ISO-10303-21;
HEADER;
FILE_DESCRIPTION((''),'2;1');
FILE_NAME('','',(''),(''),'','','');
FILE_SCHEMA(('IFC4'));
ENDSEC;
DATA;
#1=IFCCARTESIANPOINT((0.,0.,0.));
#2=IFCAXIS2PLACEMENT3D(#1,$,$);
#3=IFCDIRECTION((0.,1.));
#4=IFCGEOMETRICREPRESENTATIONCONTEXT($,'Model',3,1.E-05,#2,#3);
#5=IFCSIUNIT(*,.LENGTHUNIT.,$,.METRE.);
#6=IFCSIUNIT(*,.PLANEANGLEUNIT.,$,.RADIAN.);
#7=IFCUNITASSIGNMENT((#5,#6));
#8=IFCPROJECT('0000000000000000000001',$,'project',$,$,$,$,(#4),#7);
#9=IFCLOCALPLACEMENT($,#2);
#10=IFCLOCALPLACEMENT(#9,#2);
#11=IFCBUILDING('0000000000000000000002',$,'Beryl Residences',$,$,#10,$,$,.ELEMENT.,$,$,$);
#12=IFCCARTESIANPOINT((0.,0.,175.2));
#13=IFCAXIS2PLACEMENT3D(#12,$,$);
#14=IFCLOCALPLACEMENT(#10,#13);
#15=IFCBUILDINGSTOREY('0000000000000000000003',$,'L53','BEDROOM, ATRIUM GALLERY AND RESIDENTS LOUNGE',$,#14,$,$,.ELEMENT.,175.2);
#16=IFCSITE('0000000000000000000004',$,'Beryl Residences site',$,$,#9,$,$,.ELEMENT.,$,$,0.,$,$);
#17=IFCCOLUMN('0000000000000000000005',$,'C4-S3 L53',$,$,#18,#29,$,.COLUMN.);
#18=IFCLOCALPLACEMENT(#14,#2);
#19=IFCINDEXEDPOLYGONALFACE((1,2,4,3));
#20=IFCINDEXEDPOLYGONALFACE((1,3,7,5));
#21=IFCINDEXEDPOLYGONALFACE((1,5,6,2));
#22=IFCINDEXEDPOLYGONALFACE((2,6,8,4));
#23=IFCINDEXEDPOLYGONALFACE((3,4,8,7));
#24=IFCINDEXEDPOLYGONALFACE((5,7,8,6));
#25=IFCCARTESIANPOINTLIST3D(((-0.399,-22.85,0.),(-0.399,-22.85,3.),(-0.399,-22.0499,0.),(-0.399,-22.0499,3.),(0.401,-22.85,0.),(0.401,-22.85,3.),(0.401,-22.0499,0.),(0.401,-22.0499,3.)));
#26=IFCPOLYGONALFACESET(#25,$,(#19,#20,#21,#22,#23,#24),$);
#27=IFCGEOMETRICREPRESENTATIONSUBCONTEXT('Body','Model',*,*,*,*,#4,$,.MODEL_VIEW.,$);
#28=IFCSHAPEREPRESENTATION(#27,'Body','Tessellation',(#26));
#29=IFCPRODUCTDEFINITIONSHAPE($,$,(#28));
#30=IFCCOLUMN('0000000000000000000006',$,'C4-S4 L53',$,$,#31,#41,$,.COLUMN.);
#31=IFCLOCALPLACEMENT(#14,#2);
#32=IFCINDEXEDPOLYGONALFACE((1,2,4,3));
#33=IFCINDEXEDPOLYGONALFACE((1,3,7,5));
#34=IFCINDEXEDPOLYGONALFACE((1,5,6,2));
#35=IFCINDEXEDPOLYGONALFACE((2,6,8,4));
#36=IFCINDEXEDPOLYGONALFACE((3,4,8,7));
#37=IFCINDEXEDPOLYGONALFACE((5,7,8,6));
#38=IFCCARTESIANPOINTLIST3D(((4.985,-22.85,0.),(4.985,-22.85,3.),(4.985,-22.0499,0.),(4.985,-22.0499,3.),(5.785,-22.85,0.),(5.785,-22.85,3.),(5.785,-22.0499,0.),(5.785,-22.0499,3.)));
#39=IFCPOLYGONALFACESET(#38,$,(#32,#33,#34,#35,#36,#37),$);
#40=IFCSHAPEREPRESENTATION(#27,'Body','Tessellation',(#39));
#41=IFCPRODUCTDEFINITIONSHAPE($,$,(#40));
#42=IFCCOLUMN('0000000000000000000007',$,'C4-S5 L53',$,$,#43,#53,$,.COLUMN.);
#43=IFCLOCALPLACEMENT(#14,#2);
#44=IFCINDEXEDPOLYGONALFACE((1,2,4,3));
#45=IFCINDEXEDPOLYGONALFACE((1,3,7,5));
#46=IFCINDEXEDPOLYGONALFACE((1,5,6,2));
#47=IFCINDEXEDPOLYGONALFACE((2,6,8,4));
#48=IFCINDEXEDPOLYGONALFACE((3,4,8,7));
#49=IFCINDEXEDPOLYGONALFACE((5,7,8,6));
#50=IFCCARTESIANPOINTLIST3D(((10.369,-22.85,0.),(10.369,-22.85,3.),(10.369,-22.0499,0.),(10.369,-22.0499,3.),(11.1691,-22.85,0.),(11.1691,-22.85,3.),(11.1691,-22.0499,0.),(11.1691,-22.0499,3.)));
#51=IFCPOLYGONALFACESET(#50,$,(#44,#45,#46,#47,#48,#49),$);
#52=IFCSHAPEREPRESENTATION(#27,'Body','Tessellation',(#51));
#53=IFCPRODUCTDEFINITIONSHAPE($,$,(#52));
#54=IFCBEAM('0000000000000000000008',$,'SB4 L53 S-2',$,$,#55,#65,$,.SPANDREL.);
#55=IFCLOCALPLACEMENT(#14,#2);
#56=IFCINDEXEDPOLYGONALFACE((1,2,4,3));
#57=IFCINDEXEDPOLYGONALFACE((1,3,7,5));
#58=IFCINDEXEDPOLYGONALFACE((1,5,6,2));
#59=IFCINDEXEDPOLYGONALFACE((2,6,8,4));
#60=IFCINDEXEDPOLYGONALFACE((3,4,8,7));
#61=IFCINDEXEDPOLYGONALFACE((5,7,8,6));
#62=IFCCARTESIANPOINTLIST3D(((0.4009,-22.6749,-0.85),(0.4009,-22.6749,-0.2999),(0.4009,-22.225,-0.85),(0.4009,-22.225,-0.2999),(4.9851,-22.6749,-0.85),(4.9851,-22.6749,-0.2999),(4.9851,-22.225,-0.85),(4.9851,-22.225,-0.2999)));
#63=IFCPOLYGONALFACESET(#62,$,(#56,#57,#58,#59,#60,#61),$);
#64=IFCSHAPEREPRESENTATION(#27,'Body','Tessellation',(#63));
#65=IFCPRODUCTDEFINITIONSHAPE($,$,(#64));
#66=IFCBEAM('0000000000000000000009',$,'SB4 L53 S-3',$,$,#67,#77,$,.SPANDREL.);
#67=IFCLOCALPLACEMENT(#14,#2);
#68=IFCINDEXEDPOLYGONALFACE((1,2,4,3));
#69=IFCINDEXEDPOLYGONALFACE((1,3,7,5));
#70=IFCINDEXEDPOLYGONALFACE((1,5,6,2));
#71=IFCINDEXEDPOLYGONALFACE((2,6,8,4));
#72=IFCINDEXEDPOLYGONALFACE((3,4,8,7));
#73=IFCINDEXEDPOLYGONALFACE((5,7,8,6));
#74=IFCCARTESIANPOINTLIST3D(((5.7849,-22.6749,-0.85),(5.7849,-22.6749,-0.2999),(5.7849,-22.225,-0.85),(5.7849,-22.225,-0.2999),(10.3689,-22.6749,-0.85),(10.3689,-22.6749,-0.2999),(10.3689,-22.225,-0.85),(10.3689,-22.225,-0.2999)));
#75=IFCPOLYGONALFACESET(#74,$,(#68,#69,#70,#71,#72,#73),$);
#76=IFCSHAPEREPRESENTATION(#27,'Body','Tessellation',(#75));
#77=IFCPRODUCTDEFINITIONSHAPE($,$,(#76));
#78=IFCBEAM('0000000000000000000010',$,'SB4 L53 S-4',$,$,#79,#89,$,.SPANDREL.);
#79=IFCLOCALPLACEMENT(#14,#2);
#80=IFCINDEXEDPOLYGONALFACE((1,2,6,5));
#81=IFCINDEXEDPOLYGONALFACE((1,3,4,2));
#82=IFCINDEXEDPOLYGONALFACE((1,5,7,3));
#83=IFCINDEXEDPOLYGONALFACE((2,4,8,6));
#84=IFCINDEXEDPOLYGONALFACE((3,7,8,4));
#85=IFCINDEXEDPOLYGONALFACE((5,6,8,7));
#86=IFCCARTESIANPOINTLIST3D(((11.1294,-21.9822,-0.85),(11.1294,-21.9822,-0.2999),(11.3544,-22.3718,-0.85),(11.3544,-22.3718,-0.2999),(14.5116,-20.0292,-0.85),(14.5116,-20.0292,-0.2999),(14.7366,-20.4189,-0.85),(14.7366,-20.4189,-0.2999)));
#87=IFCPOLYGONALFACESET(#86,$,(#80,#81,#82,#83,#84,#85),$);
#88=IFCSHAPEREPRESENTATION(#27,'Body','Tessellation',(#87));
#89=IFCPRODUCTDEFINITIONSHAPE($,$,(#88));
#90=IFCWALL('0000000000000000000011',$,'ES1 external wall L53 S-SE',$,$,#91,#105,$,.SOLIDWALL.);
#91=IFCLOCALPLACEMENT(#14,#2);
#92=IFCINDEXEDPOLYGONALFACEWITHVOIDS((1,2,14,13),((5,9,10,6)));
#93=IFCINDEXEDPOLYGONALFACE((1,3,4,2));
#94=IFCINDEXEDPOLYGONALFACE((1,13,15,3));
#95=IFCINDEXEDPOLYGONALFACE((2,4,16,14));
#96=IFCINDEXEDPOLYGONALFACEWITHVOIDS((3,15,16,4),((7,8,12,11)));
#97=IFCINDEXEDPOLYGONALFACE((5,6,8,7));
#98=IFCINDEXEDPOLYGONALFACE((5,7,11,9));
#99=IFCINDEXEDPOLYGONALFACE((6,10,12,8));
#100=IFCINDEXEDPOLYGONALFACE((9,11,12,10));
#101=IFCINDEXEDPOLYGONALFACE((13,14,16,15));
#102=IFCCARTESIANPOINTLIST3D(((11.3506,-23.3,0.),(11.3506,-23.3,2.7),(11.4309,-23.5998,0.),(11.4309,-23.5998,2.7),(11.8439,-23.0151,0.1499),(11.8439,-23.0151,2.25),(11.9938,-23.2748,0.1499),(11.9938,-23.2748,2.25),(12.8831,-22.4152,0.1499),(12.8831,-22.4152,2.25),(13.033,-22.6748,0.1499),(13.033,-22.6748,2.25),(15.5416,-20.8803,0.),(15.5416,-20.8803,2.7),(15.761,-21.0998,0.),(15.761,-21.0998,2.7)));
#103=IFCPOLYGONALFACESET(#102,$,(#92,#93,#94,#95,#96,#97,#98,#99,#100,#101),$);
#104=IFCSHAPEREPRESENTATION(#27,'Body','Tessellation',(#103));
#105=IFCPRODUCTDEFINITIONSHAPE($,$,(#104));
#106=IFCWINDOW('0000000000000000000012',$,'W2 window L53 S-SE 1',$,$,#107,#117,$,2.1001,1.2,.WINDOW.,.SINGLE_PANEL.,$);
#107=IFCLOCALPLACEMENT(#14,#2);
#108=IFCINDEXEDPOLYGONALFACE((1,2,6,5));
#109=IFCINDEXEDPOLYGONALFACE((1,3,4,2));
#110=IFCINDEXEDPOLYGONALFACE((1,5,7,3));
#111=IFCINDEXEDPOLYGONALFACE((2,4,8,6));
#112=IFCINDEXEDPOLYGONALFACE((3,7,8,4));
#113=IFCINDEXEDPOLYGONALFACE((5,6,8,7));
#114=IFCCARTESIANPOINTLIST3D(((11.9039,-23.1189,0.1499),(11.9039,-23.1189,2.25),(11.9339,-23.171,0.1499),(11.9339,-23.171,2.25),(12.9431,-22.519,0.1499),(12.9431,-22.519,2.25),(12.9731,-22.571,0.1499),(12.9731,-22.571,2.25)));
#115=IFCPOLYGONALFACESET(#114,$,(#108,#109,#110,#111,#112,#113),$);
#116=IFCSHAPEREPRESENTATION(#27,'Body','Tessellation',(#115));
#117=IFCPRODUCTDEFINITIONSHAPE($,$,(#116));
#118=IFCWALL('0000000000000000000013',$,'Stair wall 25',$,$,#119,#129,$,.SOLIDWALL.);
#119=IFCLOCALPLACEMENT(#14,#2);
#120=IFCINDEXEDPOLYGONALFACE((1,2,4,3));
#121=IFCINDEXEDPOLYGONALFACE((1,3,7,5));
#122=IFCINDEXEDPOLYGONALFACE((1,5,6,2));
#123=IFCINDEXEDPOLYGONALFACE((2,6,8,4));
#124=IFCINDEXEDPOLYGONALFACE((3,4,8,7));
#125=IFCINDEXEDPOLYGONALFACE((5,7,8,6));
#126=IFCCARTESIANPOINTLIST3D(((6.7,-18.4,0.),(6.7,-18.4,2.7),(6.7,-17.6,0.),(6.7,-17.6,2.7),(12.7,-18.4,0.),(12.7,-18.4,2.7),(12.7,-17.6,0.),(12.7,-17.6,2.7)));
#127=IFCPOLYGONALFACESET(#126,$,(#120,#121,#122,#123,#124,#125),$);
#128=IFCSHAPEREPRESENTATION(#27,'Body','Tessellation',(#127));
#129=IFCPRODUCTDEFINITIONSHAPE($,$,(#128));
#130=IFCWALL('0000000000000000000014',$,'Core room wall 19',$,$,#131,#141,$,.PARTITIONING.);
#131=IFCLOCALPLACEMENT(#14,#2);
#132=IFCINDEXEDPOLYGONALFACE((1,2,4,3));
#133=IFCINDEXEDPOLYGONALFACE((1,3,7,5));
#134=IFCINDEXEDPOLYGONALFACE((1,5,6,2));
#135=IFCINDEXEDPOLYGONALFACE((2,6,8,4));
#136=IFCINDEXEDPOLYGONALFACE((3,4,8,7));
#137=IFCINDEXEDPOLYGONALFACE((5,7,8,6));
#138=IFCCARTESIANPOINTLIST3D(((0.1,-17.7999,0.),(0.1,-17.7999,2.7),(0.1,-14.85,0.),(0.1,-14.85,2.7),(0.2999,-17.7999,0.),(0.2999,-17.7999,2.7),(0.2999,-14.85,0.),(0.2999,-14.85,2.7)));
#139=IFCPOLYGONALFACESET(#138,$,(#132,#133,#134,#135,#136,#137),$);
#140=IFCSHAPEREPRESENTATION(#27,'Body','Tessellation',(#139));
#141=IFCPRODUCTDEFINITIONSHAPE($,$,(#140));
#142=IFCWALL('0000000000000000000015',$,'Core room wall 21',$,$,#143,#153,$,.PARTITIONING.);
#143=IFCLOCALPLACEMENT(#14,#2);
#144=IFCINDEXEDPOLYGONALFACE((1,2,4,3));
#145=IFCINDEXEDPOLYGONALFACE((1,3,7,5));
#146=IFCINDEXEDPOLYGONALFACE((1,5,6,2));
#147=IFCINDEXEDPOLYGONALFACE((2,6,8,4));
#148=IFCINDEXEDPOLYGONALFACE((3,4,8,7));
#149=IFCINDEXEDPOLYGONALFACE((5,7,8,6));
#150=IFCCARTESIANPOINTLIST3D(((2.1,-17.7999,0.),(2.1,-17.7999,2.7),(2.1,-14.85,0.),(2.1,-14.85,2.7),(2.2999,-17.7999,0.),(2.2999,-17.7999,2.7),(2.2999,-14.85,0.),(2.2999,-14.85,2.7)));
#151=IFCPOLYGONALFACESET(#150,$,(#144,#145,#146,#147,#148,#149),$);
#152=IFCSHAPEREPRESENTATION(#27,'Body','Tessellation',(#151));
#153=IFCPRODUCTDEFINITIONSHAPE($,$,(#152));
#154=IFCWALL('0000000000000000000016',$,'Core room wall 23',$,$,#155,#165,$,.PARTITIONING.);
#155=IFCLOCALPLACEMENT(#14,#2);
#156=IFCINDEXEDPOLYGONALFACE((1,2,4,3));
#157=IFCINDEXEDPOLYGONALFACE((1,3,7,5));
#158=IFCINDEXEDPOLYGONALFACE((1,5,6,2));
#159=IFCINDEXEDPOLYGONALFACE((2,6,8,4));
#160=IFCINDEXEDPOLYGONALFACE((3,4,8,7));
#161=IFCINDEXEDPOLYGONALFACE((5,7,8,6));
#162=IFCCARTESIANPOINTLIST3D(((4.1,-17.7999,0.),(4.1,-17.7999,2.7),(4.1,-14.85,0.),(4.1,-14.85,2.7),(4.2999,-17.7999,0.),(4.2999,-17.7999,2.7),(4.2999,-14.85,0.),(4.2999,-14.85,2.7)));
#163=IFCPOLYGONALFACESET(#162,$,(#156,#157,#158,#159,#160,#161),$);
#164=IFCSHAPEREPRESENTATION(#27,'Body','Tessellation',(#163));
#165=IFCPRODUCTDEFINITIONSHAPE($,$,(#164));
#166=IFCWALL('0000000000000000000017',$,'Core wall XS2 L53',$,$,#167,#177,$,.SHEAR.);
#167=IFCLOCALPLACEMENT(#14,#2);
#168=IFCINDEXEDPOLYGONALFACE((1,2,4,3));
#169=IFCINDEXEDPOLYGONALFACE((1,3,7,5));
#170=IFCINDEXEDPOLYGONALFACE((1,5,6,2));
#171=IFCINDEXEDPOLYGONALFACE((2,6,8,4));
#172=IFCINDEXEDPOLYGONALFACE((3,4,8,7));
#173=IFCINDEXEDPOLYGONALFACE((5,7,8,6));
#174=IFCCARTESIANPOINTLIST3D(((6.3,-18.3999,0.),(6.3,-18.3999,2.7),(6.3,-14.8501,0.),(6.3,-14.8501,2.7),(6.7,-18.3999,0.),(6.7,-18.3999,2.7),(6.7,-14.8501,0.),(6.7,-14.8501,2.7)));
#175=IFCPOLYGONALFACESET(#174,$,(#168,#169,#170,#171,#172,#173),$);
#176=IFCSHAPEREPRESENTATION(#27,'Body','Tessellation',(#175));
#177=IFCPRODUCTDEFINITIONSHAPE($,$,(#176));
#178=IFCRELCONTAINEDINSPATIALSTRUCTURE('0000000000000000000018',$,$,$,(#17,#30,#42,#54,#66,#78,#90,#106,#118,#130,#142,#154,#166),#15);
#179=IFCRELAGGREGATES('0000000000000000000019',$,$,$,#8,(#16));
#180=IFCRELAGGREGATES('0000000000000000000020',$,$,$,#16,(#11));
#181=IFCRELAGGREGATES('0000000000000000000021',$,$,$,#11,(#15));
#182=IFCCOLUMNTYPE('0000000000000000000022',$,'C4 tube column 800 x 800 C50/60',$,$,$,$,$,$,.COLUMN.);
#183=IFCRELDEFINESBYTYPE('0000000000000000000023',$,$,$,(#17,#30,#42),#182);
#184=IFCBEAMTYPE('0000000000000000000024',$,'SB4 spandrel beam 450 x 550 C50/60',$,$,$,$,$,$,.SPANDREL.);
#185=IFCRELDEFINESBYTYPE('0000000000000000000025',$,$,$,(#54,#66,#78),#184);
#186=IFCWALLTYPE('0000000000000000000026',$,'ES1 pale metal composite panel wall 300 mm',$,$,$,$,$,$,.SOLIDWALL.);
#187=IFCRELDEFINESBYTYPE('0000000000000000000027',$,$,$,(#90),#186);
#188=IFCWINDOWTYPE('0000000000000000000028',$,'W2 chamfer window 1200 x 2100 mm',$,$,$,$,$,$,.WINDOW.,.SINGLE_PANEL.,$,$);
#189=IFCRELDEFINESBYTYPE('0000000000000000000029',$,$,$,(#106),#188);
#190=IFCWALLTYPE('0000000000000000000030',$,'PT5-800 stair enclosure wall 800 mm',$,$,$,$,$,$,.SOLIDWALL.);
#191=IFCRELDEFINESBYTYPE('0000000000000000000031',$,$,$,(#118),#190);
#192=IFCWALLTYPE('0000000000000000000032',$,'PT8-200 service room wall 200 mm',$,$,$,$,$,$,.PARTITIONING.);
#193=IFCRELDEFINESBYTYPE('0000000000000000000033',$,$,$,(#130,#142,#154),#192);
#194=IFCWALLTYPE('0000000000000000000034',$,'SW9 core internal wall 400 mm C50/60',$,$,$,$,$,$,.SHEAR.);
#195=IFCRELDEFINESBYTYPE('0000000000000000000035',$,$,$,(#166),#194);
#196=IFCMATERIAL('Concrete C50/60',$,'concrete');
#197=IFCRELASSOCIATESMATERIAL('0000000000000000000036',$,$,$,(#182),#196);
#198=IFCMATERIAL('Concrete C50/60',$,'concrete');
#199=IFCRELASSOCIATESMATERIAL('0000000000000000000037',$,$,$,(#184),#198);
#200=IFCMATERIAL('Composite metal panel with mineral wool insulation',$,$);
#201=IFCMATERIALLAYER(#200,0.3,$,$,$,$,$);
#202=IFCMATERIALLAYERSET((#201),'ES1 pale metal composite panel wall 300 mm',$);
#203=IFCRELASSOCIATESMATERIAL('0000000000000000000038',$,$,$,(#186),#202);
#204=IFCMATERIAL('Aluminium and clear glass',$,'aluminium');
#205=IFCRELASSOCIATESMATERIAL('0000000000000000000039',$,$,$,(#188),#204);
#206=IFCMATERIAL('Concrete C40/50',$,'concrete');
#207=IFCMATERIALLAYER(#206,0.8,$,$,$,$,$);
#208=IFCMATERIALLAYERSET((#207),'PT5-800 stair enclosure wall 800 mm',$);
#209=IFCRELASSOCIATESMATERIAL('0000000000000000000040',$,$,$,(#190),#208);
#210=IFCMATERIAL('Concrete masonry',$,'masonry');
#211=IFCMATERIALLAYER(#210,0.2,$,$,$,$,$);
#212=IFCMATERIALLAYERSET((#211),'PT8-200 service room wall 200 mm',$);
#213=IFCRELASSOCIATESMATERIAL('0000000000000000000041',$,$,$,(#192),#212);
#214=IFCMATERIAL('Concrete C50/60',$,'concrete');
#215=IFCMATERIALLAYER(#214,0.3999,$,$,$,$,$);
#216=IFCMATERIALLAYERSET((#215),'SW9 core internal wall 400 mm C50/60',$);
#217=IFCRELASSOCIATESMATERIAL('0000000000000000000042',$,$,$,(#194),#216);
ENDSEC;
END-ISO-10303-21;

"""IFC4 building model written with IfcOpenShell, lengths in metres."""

from ifc_helpers import new_model, si_unit, direction, frame, frame_2d, origin, origin_2d, place, context, subcontext, project, spatial, polyline, rectangle, outline, extrude, material, layer, layer_set, material_profile, profile_set, type_object, element, fill, save


model = new_model("IFC4")

# Units and contexts
model_context = context("Model", 3, precision=1e-05, world=origin(), true_north=direction((0.0, 1.0)))
body_context = subcontext(model_context, "Body", "Model", "MODEL_VIEW")
ifc_project = project(units=[si_unit("LENGTHUNIT", "METRE"), si_unit("PLANEANGLEUNIT", "RADIAN")], contexts=[model_context])

# Site, building, storey
site_placement = place(None, origin())
site = spatial("IfcSite", under=ifc_project, at=site_placement, Name="Beryl Residences site", CompositionType="ELEMENT", RefElevation=0.0)
building_placement = place(site_placement, origin())
building = spatial("IfcBuilding", under=site, at=building_placement, Name="Beryl Residences", CompositionType="ELEMENT")
storey_placement = place(building_placement, frame((0.0, 0.0, 175.2)))
storey = spatial("IfcBuildingStorey", under=building, at=storey_placement, Name="L53", Description="BEDROOM, ATRIUM GALLERY AND RESIDENTS LOUNGE", CompositionType="ELEMENT", Elevation=175.2)

# Columns
ifc_material_1 = material(Name="Concrete C50/60", Category="concrete")
ifc_material_profile_1 = material_profile(ifc_material_1, rectangle(XDim=0.8, YDim=0.8, at=origin_2d()))
ifc_profile_set_1 = profile_set([ifc_material_profile_1], Name="Concrete C50/60")
column_type = type_object("IfcColumnType", Name="C4 tube column 800 x 800 C50/60", PredefinedType="COLUMN", material=ifc_profile_set_1)
for number, where, z_axis, x_axis, name in (
    (1, (0.001, -22.45, 0.0), (0.0, 0.0, 1.0), (1.0, 0.0, 0.0), "C4-S3 L53"),
    (2, (5.385, -22.45, 0.0), (0.0, 0.0, 1.0), (1.0, 0.0, 0.0), "C4-S4 L53"),
    (3, (10.769, -22.45, 0.0), (0.0, 0.0, 1.0), (1.0, 0.0, 0.0), "C4-S5 L53"),
):
    element("IfcColumn", number, at=place(storey_placement, frame(where, z_axis=z_axis, x_axis=x_axis)), inside=storey, type_object=column_type, Name=name, PredefinedType="COLUMN", context=body_context, shape_type="SweptSolid", body=[
        extrude(rectangle(XDim=0.8, YDim=0.8, at=origin_2d()), origin(), (0.0, 0.0, 1.0), 3.0),
    ])

# Beams
ifc_material_2 = material(Name="Concrete C50/60", Category="concrete")
ifc_material_profile_2 = material_profile(ifc_material_2, rectangle(XDim=0.45, YDim=0.55, at=origin_2d()))
ifc_profile_set_2 = profile_set([ifc_material_profile_2], Name="Concrete C50/60")
beam_type = type_object("IfcBeamType", Name="SB4 spandrel beam 450 x 550 C50/60", PredefinedType="SPANDREL", material=ifc_profile_set_2)
beam_1_placement = place(storey_placement, frame((0.4009, -22.45, -0.575), z_axis=(1.0, 0.0, 0.0), x_axis=(0.0, 1.0, 0.0)))
element("IfcBeam", 4, at=beam_1_placement, inside=storey, type_object=beam_type, Name="SB4 L53 S-2", PredefinedType="SPANDREL", context=body_context, shape_type="SweptSolid", body=[
    extrude(rectangle(XDim=0.45, YDim=0.55, at=origin_2d()), origin(), (0.0, 0.0, 1.0), 4.5842),
])
beam_2_placement = place(storey_placement, frame((5.7849, -22.45, -0.575), z_axis=(1.0, 0.0, 0.0), x_axis=(0.0, 1.0, 0.0)))
element("IfcBeam", 5, at=beam_2_placement, inside=storey, type_object=beam_type, Name="SB4 L53 S-3", PredefinedType="SPANDREL", context=body_context, shape_type="SweptSolid", body=[
    extrude(rectangle(XDim=0.45, YDim=0.55, at=origin_2d()), origin(), (0.0, 0.0, 1.0), 4.584),
])
beam_3_placement = place(storey_placement, frame((11.2419, -22.177, -0.575), z_axis=(0.865999, 0.500045, 0.0), x_axis=(-0.500045, 0.865999, 0.0)))
element("IfcBeam", 6, at=beam_3_placement, inside=storey, type_object=beam_type, Name="SB4 L53 S-4", PredefinedType="SPANDREL", context=body_context, shape_type="SweptSolid", body=[
    extrude(rectangle(XDim=0.45, YDim=0.55, at=origin_2d()), origin(), (0.0, 0.0, 1.0), 3.9055),
])

# Wall, opening, window
ifc_material_3 = material(Name="Composite metal panel with mineral wool insulation")
ifc_layer_1 = layer(ifc_material_3, 0.3)
ifc_layer_set_1 = layer_set([ifc_layer_1], Name="ES1 pale metal composite panel wall 300 mm")
wall_type_1 = type_object("IfcWallType", Name="ES1 pale metal composite panel wall 300 mm", PredefinedType="SOLIDWALL", material=ifc_layer_set_1)
wall_1_placement = place(storey_placement, frame((11.356, -23.47, 0.0), z_axis=(0.0, 0.0, 1.0), x_axis=(0.866023, 0.500004, 0.0)))
wall_1 = element("IfcWall", 7, at=wall_1_placement, inside=storey, type_object=wall_type_1, Name="ES1 external wall L53 S-SE", PredefinedType="SOLIDWALL", context=body_context, shape_type="SweptSolid", body=[
    extrude(outline(polyline([(0.0, -0.1499), (5.0, -0.1499), (4.9197, 0.1499), (0.0803, 0.1499), (0.0, -0.1499)])), origin(), (0.0, 0.0, 1.0), 2.7),
])
opening_placement = place(wall_1_placement, frame((0.6499, 0.0, 0.1499)))
opening = element("IfcOpeningElement", 8, at=opening_placement, cuts=wall_1, PredefinedType="OPENING", context=body_context, shape_type="SweptSolid", body=[
    extrude(rectangle(XDim=1.2, YDim=2.1001, at=frame_2d((0.6001, 1.05))), frame((0.0, 0.1599, 0.0), z_axis=(0.0, -1.0, 0.0), x_axis=(1.0, 0.0, 0.0)), (0.0, 0.0, 1.0), 0.3201),
])
ifc_material_4 = material(Name="Aluminium and clear glass", Category="aluminium")
window_type = type_object("IfcWindowType", Name="W2 chamfer window 1200 x 2100 mm", PartitioningType="SINGLE_PANEL", PredefinedType="WINDOW", material=ifc_material_4)
window_placement = place(opening_placement, origin())
window = element("IfcWindow", 9, at=window_placement, inside=storey, type_object=window_type, Name="W2 window L53 S-SE 1", OverallHeight=2.1001, OverallWidth=1.2, PartitioningType="SINGLE_PANEL", PredefinedType="WINDOW", context=body_context, shape_type="SweptSolid", body=[
    extrude(rectangle(XDim=1.2, YDim=2.1001, at=frame_2d((0.6001, 1.05))), frame((0.0, 0.03, 0.0), z_axis=(0.0, -1.0, 0.0), x_axis=(1.0, 0.0, 0.0)), (0.0, 0.0, 1.0), 0.0601),
])
fill(opening, window)

# Walls
ifc_material_5 = material(Name="Concrete C40/50", Category="concrete")
ifc_layer_2 = layer(ifc_material_5, 0.8)
ifc_layer_set_2 = layer_set([ifc_layer_2], Name="PT5-800 stair enclosure wall 800 mm")
wall_type_2 = type_object("IfcWallType", Name="PT5-800 stair enclosure wall 800 mm", PredefinedType="SOLIDWALL", material=ifc_layer_set_2)
wall_2_placement = place(storey_placement, frame((6.7, -18.0, 0.0), z_axis=(0.0, 0.0, 1.0), x_axis=(1.0, 0.0, 0.0)))
element("IfcWall", 10, at=wall_2_placement, inside=storey, type_object=wall_type_2, Name="Stair wall 25", PredefinedType="SOLIDWALL", context=body_context, shape_type="SweptSolid", body=[
    extrude(rectangle(XDim=6.0, YDim=0.8, at=frame_2d((3.0, 0.0))), origin(), (0.0, 0.0, 1.0), 2.7),
])
ifc_material_6 = material(Name="Concrete masonry", Category="masonry")
ifc_layer_3 = layer(ifc_material_6, 0.2)
ifc_layer_set_3 = layer_set([ifc_layer_3], Name="PT8-200 service room wall 200 mm")
wall_type_3 = type_object("IfcWallType", Name="PT8-200 service room wall 200 mm", PredefinedType="PARTITIONING", material=ifc_layer_set_3)
for number, where, z_axis, x_axis, name in (
    (11, (0.2, -17.8, 0.0), (0.0, 0.0, 1.0), (0.0, 1.0, 0.0), "Core room wall 19"),
    (12, (2.2, -17.8, 0.0), (0.0, 0.0, 1.0), (0.0, 1.0, 0.0), "Core room wall 21"),
    (13, (4.2, -17.8, 0.0), (0.0, 0.0, 1.0), (0.0, 1.0, 0.0), "Core room wall 23"),
):
    element("IfcWall", number, at=place(storey_placement, frame(where, z_axis=z_axis, x_axis=x_axis)), inside=storey, type_object=wall_type_3, Name=name, PredefinedType="PARTITIONING", context=body_context, shape_type="SweptSolid", body=[
        extrude(rectangle(XDim=2.95, YDim=0.2, at=frame_2d((1.4751, 0.0))), origin(), (0.0, 0.0, 1.0), 2.7),
    ])
ifc_material_7 = material(Name="Concrete C50/60", Category="concrete")
ifc_layer_4 = layer(ifc_material_7, 0.3999)
ifc_layer_set_4 = layer_set([ifc_layer_4], Name="SW9 core internal wall 400 mm C50/60")
wall_type_4 = type_object("IfcWallType", Name="SW9 core internal wall 400 mm C50/60", PredefinedType="SHEAR", material=ifc_layer_set_4)
wall_3_placement = place(storey_placement, frame((6.5, -18.3999, 0.0), z_axis=(0.0, 0.0, 1.0), x_axis=(0.0, 1.0, 0.0)))
element("IfcWall", 14, at=wall_3_placement, inside=storey, type_object=wall_type_4, Name="Core wall XS2 L53", PredefinedType="SHEAR", context=body_context, shape_type="SweptSolid", body=[
    extrude(rectangle(XDim=3.5498, YDim=0.3999, at=frame_2d((1.7749, 0.0))), origin(), (0.0, 0.0, 1.0), 2.7),
])

save(model, "model.ifc")
